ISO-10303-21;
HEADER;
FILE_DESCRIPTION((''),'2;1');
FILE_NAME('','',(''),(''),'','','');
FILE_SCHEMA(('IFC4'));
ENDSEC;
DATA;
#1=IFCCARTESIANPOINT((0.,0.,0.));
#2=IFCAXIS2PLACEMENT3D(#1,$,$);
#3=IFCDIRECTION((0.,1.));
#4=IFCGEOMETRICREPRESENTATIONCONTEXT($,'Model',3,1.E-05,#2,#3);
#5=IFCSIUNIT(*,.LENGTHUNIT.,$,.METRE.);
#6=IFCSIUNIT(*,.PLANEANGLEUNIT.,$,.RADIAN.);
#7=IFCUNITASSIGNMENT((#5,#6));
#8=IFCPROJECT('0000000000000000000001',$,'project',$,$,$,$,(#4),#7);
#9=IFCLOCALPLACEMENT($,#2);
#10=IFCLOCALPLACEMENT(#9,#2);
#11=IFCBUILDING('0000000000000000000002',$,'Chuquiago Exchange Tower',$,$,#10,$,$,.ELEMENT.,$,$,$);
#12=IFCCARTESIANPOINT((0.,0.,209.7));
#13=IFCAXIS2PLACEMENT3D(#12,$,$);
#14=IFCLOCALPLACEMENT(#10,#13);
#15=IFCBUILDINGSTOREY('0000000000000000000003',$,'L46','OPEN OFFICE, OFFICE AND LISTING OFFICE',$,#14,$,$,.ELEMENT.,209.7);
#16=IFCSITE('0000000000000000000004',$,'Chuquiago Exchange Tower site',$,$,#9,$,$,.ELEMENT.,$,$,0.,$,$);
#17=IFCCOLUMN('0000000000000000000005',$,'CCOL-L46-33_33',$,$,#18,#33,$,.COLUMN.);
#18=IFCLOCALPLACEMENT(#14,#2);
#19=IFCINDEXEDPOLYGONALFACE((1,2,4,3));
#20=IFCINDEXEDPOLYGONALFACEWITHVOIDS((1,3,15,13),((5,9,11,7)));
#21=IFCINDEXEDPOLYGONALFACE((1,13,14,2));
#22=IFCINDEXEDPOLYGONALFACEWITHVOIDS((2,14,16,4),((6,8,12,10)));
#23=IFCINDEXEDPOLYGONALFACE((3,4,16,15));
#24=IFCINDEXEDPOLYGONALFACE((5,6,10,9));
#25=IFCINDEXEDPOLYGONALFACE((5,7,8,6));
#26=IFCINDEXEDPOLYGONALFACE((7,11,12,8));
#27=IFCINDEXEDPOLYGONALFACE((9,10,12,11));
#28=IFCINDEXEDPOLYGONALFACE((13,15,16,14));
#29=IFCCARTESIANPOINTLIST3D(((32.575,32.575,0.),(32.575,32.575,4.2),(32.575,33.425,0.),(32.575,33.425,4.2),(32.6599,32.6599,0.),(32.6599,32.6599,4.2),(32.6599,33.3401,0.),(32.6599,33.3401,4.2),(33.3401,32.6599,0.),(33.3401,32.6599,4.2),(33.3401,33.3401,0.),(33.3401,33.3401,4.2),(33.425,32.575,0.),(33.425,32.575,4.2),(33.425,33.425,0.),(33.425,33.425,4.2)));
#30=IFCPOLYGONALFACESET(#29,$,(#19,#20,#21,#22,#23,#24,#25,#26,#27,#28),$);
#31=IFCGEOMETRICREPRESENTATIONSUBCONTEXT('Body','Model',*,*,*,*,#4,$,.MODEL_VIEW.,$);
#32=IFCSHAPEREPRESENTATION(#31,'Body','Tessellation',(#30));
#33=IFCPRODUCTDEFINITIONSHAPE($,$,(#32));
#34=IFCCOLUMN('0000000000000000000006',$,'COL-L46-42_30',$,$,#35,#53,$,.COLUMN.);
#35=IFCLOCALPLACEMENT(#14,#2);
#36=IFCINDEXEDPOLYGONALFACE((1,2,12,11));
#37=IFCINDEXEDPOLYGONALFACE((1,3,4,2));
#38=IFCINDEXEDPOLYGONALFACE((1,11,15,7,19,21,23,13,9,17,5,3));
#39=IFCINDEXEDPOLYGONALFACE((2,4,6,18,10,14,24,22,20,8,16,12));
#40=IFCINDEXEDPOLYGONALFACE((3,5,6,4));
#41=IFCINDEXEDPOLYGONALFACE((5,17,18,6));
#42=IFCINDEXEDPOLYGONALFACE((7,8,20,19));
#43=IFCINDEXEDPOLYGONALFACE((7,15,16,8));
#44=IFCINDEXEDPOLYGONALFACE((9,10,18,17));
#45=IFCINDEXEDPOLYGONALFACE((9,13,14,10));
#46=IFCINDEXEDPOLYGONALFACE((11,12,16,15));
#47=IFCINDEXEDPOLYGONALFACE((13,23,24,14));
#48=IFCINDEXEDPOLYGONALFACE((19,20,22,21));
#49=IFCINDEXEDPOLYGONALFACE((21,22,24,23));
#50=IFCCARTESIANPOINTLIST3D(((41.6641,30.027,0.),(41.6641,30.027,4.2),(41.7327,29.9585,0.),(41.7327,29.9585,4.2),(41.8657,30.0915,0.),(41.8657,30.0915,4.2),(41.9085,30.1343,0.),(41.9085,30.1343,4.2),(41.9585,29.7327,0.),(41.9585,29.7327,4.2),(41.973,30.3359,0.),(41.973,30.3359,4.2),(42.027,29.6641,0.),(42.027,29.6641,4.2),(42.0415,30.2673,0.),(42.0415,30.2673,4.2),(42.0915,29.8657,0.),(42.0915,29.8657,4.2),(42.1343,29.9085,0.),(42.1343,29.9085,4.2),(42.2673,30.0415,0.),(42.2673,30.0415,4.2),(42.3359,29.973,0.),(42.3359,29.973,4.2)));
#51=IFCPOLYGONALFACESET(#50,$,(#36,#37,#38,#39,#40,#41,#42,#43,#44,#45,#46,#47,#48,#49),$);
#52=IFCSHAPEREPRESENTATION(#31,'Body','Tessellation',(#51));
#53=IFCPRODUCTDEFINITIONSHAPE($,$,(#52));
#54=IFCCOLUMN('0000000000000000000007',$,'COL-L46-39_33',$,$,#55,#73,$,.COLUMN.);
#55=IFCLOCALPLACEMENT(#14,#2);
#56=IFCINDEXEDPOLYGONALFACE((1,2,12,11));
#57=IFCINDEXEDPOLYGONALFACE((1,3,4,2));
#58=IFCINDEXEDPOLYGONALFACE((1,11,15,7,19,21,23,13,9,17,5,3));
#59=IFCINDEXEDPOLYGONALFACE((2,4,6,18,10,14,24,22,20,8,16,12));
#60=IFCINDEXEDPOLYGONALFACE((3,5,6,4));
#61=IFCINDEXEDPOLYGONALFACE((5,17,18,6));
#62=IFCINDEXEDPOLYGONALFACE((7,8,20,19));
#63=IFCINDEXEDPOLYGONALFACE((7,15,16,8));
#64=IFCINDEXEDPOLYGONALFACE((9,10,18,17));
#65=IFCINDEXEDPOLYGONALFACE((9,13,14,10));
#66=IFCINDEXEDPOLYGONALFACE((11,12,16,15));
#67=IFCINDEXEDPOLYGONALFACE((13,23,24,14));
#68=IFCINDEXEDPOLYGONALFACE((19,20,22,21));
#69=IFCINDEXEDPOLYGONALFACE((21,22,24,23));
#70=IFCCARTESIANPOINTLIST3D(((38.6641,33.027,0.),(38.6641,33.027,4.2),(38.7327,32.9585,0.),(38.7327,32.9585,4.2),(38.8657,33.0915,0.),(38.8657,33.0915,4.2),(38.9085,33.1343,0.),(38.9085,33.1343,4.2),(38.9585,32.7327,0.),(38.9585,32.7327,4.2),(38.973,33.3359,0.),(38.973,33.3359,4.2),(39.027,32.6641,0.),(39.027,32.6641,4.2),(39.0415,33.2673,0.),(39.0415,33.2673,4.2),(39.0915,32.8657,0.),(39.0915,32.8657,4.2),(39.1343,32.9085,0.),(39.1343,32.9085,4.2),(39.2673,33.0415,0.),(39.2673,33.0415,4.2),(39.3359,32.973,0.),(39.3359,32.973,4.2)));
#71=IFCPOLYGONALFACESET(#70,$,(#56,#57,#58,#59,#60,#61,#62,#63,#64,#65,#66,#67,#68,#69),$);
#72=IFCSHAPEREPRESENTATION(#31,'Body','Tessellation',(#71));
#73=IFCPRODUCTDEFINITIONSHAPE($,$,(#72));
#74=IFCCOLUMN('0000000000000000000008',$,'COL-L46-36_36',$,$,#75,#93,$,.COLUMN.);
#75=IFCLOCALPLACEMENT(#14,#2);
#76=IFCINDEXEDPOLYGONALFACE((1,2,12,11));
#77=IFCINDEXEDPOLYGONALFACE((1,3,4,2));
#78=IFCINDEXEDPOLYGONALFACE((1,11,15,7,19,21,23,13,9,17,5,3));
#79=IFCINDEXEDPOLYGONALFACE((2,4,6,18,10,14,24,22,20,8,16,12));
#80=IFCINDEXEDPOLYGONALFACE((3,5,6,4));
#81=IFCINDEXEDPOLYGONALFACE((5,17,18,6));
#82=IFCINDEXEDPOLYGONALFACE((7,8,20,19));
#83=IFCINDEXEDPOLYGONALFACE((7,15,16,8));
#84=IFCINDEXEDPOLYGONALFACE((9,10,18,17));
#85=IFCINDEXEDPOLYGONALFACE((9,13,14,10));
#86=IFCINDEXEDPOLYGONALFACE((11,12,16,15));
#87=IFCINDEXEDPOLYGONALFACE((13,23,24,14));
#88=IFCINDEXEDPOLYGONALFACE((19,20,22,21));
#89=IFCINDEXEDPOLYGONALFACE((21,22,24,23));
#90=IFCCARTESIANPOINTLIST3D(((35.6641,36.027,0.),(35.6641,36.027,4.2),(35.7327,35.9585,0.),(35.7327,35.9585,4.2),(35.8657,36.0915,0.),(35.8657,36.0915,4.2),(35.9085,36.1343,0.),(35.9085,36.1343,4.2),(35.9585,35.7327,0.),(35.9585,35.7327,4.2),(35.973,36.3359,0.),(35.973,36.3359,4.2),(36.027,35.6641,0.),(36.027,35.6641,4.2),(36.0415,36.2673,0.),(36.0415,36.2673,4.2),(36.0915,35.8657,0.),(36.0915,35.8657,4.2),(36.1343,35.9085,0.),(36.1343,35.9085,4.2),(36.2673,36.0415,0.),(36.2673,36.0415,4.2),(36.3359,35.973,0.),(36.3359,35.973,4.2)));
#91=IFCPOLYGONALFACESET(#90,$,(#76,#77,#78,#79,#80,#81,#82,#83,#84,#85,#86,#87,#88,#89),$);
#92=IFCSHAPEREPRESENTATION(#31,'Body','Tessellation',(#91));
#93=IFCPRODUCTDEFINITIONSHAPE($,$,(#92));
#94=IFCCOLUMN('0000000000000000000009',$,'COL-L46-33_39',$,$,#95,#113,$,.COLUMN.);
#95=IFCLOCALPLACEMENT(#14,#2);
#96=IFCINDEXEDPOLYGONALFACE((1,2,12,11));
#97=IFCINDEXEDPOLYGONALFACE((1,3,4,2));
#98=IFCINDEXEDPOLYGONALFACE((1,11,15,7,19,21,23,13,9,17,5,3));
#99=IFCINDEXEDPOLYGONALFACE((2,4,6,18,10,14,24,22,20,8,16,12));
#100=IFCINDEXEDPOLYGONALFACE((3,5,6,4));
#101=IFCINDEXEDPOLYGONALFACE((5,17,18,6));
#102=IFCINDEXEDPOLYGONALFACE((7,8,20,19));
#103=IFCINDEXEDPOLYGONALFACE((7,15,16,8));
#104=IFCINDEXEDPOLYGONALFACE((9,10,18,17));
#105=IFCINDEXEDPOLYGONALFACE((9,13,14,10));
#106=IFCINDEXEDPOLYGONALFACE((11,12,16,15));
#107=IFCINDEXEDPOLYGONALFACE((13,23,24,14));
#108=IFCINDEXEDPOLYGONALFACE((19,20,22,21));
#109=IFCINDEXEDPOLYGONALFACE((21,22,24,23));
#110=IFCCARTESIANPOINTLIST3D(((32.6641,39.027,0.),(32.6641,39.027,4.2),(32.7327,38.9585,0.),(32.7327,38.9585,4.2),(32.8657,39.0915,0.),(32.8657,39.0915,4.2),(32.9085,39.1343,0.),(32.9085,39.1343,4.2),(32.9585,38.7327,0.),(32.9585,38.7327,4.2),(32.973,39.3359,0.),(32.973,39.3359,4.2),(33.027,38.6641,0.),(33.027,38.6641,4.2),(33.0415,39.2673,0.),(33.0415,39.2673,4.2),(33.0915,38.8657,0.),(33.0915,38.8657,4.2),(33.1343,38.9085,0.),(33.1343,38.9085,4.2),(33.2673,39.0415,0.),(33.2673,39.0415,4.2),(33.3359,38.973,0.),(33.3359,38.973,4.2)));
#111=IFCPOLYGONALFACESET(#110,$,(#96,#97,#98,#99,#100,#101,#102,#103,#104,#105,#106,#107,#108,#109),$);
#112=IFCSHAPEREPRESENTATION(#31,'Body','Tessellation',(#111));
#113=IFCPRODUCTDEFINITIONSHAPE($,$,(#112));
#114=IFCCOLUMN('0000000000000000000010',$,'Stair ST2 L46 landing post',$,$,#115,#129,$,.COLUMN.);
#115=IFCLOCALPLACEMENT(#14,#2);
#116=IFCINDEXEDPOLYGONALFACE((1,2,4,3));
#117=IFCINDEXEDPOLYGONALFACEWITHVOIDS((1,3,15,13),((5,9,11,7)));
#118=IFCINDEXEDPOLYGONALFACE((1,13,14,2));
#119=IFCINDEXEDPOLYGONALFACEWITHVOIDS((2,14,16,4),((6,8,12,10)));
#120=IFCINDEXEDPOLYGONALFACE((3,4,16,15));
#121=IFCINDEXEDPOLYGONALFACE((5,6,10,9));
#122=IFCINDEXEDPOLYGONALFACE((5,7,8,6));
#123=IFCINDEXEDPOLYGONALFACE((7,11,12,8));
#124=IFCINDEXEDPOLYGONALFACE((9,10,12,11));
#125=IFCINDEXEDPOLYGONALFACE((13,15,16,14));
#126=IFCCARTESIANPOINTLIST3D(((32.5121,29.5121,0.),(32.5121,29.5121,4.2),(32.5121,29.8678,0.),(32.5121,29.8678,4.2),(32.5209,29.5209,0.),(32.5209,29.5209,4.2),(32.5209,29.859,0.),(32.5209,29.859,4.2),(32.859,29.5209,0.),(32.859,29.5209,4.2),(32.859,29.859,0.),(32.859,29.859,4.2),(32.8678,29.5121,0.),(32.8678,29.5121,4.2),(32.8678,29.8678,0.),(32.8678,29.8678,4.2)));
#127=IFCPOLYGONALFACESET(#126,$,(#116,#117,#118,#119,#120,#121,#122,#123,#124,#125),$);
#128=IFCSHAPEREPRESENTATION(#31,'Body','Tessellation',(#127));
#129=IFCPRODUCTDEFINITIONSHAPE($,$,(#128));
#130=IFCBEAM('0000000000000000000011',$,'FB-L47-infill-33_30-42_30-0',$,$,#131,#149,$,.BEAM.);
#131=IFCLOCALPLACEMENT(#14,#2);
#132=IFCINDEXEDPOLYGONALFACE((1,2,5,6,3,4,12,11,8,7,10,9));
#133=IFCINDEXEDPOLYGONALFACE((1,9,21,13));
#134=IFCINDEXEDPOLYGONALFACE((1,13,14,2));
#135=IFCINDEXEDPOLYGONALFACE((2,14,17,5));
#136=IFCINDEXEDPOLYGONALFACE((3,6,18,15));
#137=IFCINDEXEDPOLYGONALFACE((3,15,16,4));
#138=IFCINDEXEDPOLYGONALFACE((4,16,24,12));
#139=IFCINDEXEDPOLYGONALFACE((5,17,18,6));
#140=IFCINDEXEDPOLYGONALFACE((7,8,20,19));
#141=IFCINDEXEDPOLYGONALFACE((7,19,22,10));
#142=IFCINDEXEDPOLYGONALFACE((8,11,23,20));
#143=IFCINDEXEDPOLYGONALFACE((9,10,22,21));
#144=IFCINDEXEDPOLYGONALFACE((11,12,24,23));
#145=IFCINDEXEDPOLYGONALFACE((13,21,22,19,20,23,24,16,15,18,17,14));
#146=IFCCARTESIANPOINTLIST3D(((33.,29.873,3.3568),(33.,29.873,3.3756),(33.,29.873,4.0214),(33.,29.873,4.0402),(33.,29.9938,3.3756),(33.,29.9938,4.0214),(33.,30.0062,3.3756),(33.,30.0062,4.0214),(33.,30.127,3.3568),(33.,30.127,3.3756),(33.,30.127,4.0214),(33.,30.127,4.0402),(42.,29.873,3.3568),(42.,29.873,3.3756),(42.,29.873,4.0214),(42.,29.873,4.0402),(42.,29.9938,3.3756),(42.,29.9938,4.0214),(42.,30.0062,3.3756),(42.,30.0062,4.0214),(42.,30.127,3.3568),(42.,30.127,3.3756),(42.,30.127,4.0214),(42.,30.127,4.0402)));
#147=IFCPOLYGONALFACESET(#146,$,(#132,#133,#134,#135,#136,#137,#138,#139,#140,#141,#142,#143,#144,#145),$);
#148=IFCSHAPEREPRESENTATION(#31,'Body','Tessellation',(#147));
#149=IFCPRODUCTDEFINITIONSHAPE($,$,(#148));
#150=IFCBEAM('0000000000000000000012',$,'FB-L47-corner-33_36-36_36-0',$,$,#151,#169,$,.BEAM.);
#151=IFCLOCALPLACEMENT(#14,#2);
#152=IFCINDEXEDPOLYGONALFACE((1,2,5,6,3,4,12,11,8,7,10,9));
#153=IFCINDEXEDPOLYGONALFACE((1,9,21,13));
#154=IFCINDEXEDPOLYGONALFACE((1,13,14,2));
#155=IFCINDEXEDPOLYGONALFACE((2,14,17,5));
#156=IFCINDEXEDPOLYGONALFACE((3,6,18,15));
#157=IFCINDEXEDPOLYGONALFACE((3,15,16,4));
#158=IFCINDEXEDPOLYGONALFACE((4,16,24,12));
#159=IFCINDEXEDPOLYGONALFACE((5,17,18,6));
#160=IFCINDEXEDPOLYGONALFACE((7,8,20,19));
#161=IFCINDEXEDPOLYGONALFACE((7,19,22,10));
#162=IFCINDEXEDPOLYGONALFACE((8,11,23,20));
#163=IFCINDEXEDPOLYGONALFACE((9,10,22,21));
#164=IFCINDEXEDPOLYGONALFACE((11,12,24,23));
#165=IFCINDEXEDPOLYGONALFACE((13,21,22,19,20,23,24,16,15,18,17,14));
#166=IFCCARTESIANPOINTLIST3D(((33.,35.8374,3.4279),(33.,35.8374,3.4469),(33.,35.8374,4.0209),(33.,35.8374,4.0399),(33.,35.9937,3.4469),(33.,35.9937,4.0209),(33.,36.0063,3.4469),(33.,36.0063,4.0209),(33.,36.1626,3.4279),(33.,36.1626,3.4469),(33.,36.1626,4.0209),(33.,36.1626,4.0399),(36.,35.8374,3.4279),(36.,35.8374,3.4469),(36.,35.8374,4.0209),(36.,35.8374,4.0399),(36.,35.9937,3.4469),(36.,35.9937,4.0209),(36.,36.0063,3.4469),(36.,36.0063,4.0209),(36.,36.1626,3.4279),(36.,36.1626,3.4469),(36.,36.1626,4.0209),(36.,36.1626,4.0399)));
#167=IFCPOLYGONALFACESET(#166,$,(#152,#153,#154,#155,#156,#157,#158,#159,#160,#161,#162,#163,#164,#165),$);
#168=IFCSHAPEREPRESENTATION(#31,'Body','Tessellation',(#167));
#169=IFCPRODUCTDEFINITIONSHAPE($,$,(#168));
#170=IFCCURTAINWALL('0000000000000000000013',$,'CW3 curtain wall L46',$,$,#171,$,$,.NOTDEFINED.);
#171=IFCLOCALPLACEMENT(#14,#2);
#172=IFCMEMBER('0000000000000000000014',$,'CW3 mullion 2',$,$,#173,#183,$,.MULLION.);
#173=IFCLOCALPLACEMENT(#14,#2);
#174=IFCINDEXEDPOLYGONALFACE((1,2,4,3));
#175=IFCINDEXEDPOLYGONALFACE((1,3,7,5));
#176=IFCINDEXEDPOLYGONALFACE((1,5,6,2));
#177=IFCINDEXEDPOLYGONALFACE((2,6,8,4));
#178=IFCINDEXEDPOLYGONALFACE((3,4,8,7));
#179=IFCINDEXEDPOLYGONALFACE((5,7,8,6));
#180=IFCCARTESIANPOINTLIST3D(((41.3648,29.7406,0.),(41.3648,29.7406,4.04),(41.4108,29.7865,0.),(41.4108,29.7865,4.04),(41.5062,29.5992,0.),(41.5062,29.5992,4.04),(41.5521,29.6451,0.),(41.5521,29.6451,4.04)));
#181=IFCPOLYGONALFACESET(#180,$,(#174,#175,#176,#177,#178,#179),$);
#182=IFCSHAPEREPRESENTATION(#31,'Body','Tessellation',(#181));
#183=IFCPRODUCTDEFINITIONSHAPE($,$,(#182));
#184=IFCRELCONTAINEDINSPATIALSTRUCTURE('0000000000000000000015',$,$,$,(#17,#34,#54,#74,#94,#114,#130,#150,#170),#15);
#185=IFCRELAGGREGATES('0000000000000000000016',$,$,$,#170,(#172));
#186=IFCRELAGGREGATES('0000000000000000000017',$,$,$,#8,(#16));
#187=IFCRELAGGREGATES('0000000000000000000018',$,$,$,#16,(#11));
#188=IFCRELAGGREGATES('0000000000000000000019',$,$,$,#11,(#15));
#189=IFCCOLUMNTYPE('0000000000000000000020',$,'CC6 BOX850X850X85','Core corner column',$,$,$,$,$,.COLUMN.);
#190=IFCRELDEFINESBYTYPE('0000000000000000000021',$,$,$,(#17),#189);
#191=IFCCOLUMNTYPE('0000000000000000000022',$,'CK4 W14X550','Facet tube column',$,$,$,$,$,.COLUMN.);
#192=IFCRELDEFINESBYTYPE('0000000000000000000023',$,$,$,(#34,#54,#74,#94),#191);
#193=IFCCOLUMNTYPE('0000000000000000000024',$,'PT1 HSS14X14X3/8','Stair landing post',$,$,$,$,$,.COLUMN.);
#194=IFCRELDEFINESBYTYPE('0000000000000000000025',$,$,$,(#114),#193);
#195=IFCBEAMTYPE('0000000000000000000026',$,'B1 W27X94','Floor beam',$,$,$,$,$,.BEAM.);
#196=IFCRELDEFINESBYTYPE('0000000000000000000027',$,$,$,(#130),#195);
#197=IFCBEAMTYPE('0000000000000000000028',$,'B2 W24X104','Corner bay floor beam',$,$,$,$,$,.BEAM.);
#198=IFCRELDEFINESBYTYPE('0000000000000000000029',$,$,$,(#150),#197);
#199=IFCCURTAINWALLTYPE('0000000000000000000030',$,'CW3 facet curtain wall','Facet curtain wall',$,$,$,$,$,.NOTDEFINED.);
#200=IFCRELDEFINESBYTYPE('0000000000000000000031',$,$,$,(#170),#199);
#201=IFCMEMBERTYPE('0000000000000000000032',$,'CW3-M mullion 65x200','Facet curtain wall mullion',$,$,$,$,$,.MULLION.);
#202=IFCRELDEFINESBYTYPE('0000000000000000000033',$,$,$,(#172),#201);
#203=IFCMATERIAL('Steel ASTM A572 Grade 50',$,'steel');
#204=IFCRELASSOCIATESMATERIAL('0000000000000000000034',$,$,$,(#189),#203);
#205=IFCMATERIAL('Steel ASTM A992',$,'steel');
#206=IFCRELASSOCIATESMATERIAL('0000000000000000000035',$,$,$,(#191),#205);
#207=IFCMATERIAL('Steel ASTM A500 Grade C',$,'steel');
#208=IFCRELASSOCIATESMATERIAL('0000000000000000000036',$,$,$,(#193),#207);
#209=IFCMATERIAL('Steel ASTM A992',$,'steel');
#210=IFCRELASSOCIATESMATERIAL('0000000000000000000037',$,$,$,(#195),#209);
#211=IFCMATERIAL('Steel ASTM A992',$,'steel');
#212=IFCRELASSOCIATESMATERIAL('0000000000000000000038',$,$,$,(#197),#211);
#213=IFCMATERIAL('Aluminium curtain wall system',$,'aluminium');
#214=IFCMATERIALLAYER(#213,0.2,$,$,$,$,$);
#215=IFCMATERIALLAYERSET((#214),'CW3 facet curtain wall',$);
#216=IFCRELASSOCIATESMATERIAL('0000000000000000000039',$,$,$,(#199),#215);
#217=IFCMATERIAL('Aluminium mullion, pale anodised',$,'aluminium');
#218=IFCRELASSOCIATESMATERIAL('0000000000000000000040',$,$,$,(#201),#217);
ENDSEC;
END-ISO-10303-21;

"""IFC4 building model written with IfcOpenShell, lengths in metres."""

from ifc_helpers import new_model, si_unit, direction, frame, origin, origin_2d, place, context, subcontext, project, spatial, rectangle, hollow_rectangle, i_section, extrude, material, layer, layer_set, material_profile, profile_set, type_object, element, aggregate, save


model = new_model("IFC4")

# Units and contexts
model_context = context("Model", 3, precision=1e-05, world=origin(), true_north=direction((0.0, 1.0)))
body_context = subcontext(model_context, "Body", "Model", "MODEL_VIEW")
ifc_project = project(units=[si_unit("LENGTHUNIT", "METRE"), si_unit("PLANEANGLEUNIT", "RADIAN")], contexts=[model_context])

# Site, building, storey
site_placement = place(None, origin())
site = spatial("IfcSite", under=ifc_project, at=site_placement, Name="Chuquiago Exchange Tower site", CompositionType="ELEMENT", RefElevation=0.0)
building_placement = place(site_placement, origin())
building = spatial("IfcBuilding", under=site, at=building_placement, Name="Chuquiago Exchange Tower", CompositionType="ELEMENT")
storey_placement = place(building_placement, frame((0.0, 0.0, 209.7)))
storey = spatial("IfcBuildingStorey", under=building, at=storey_placement, Name="L46", Description="OPEN OFFICE, OFFICE AND LISTING OFFICE", CompositionType="ELEMENT", Elevation=209.7)

# Columns
ifc_material_1 = material(Name="Steel ASTM A572 Grade 50", Category="steel")
ifc_material_profile_1 = material_profile(ifc_material_1, hollow_rectangle(XDim=0.8501, YDim=0.8501, WallThickness=0.085, at=origin_2d()), Name="BOX850X850X85")
ifc_profile_set_1 = profile_set([ifc_material_profile_1], Name="Steel ASTM A572 Grade 50")
column_type_1 = type_object("IfcColumnType", Name="CC6 BOX850X850X85", Description="Core corner column", PredefinedType="COLUMN", material=ifc_profile_set_1)
column_1_placement = place(storey_placement, frame((33.0, 33.0, 0.0), z_axis=(0.0, 0.0, 1.0), x_axis=(1.0, 0.0, 0.0)))
element("IfcColumn", 1, at=column_1_placement, inside=storey, type_object=column_type_1, Name="CCOL-L46-33_33", PredefinedType="COLUMN", context=body_context, shape_type="SweptSolid", body=[
    extrude(hollow_rectangle(XDim=0.8501, YDim=0.8501, WallThickness=0.085, at=origin_2d()), origin(), (0.0, 0.0, 1.0), 4.2),
])
ifc_material_2 = material(Name="Steel ASTM A992", Category="steel")
ifc_material_profile_2 = material_profile(ifc_material_2, i_section(OverallWidth=0.4368, OverallDepth=0.5132, WebThickness=0.0605, FlangeThickness=0.0969, at=origin_2d()), Name="W14X550")
ifc_profile_set_2 = profile_set([ifc_material_profile_2], Name="Steel ASTM A992")
column_type_2 = type_object("IfcColumnType", Name="CK4 W14X550", Description="Facet tube column", PredefinedType="COLUMN", material=ifc_profile_set_2)
for number, where, z_axis, x_axis, name in (
    (2, (42.0, 30.0, 0.0), (0.0, 0.0, 1.0), (0.707107, 0.707107, 0.0), "COL-L46-42_30"),
    (3, (39.0, 33.0, 0.0), (0.0, 0.0, 1.0), (0.707107, 0.707107, 0.0), "COL-L46-39_33"),
    (4, (36.0, 36.0, 0.0), (0.0, 0.0, 1.0), (0.707107, 0.707107, 0.0), "COL-L46-36_36"),
    (5, (33.0, 39.0, 0.0), (0.0, 0.0, 1.0), (0.707107, 0.707107, 0.0), "COL-L46-33_39"),
):
    element("IfcColumn", number, at=place(storey_placement, frame(where, z_axis=z_axis, x_axis=x_axis)), inside=storey, type_object=column_type_2, Name=name, PredefinedType="COLUMN", context=body_context, shape_type="SweptSolid", body=[
        extrude(i_section(OverallWidth=0.4368, OverallDepth=0.5132, WebThickness=0.0605, FlangeThickness=0.0969, at=origin_2d()), origin(), (0.0, 0.0, 1.0), 4.2),
    ])
ifc_material_3 = material(Name="Steel ASTM A500 Grade C", Category="steel")
ifc_material_profile_3 = material_profile(ifc_material_3, hollow_rectangle(XDim=0.3557, YDim=0.3557, WallThickness=0.0088, at=origin_2d()), Name="HSS14X14X3/8")
ifc_profile_set_3 = profile_set([ifc_material_profile_3], Name="Steel ASTM A500 Grade C")
column_type_3 = type_object("IfcColumnType", Name="PT1 HSS14X14X3/8", Description="Stair landing post", PredefinedType="COLUMN", material=ifc_profile_set_3)
column_2_placement = place(storey_placement, frame((32.6899, 29.6899, 0.0), z_axis=(0.0, 0.0, 1.0), x_axis=(1.0, 0.0, 0.0)))
element("IfcColumn", 6, at=column_2_placement, inside=storey, type_object=column_type_3, Name="Stair ST2 L46 landing post", PredefinedType="COLUMN", context=body_context, shape_type="SweptSolid", body=[
    extrude(hollow_rectangle(XDim=0.3557, YDim=0.3557, WallThickness=0.0088, at=origin_2d()), origin(), (0.0, 0.0, 1.0), 4.2),
])

# Beams
ifc_material_4 = material(Name="Steel ASTM A992", Category="steel")
ifc_material_profile_4 = material_profile(ifc_material_4, i_section(OverallWidth=0.2539, OverallDepth=0.6833, WebThickness=0.0125, FlangeThickness=0.0188, at=origin_2d()), Name="W27X94")
ifc_profile_set_4 = profile_set([ifc_material_profile_4], Name="Steel ASTM A992")
beam_type_1 = type_object("IfcBeamType", Name="B1 W27X94", Description="Floor beam", PredefinedType="BEAM", material=ifc_profile_set_4)
beam_1_placement = place(storey_placement, frame((33.0, 30.0, 3.6985), z_axis=(1.0, 0.0, 0.0), x_axis=(0.0, 1.0, 0.0)))
element("IfcBeam", 7, at=beam_1_placement, inside=storey, type_object=beam_type_1, Name="FB-L47-infill-33_30-42_30-0", PredefinedType="BEAM", context=body_context, shape_type="SweptSolid", body=[
    extrude(i_section(OverallWidth=0.2539, OverallDepth=0.6833, WebThickness=0.0125, FlangeThickness=0.0188, at=origin_2d()), origin(), (0.0, 0.0, 1.0), 9.0),
])
ifc_material_5 = material(Name="Steel ASTM A992", Category="steel")
ifc_material_profile_5 = material_profile(ifc_material_5, i_section(OverallWidth=0.3252, OverallDepth=0.6121, WebThickness=0.0127, FlangeThickness=0.019, at=origin_2d()), Name="W24X104")
ifc_profile_set_5 = profile_set([ifc_material_profile_5], Name="Steel ASTM A992")
beam_type_2 = type_object("IfcBeamType", Name="B2 W24X104", Description="Corner bay floor beam", PredefinedType="BEAM", material=ifc_profile_set_5)
beam_2_placement = place(storey_placement, frame((33.0, 36.0, 3.7339), z_axis=(1.0, 0.0, 0.0), x_axis=(0.0, 1.0, 0.0)))
element("IfcBeam", 8, at=beam_2_placement, inside=storey, type_object=beam_type_2, Name="FB-L47-corner-33_36-36_36-0", PredefinedType="BEAM", context=body_context, shape_type="SweptSolid", body=[
    extrude(i_section(OverallWidth=0.3252, OverallDepth=0.6121, WebThickness=0.0127, FlangeThickness=0.019, at=origin_2d()), origin(), (0.0, 0.0, 1.0), 3.0),
])

# Curtain wall, member
ifc_material_6 = material(Name="Aluminium curtain wall system", Category="aluminium")
ifc_layer_1 = layer(ifc_material_6, 0.2)
ifc_layer_set_1 = layer_set([ifc_layer_1], Name="CW3 facet curtain wall")
curtain_wall_type = type_object("IfcCurtainWallType", Name="CW3 facet curtain wall", Description="Facet curtain wall", PredefinedType="NOTDEFINED", material=ifc_layer_set_1)
curtain_wall_placement = place(storey_placement, origin())
curtain_wall = element("IfcCurtainWall", 9, at=curtain_wall_placement, inside=storey, type_object=curtain_wall_type, Name="CW3 curtain wall L46", PredefinedType="NOTDEFINED")
ifc_material_7 = material(Name="Aluminium mullion, pale anodised", Category="aluminium")
ifc_material_profile_6 = material_profile(ifc_material_7, rectangle(XDim=0.0649, YDim=0.2, at=origin_2d()), Name="AL 65x200")
ifc_profile_set_6 = profile_set([ifc_material_profile_6], Name="Aluminium mullion, pale anodised")
member_type_1 = type_object("IfcMemberType", Name="CW3-M mullion 65x200", Description="Facet curtain wall mullion", PredefinedType="MULLION", material=ifc_profile_set_6)
member_1_placement = place(storey_placement, frame((41.4585, 29.6929, 0.0), z_axis=(0.0, 0.0, 1.0), x_axis=(-0.707107, -0.707107, 0.0)))
member_1 = element("IfcMember", 10, at=member_1_placement, type_object=member_type_1, Name="CW3 mullion 2", PredefinedType="MULLION", context=body_context, shape_type="SweptSolid", body=[
    extrude(rectangle(XDim=0.0649, YDim=0.2, at=origin_2d()), origin(), (0.0, 0.0, 1.0), 4.04),
])

aggregate(curtain_wall, [member_1])

save(model, "model.ifc")
